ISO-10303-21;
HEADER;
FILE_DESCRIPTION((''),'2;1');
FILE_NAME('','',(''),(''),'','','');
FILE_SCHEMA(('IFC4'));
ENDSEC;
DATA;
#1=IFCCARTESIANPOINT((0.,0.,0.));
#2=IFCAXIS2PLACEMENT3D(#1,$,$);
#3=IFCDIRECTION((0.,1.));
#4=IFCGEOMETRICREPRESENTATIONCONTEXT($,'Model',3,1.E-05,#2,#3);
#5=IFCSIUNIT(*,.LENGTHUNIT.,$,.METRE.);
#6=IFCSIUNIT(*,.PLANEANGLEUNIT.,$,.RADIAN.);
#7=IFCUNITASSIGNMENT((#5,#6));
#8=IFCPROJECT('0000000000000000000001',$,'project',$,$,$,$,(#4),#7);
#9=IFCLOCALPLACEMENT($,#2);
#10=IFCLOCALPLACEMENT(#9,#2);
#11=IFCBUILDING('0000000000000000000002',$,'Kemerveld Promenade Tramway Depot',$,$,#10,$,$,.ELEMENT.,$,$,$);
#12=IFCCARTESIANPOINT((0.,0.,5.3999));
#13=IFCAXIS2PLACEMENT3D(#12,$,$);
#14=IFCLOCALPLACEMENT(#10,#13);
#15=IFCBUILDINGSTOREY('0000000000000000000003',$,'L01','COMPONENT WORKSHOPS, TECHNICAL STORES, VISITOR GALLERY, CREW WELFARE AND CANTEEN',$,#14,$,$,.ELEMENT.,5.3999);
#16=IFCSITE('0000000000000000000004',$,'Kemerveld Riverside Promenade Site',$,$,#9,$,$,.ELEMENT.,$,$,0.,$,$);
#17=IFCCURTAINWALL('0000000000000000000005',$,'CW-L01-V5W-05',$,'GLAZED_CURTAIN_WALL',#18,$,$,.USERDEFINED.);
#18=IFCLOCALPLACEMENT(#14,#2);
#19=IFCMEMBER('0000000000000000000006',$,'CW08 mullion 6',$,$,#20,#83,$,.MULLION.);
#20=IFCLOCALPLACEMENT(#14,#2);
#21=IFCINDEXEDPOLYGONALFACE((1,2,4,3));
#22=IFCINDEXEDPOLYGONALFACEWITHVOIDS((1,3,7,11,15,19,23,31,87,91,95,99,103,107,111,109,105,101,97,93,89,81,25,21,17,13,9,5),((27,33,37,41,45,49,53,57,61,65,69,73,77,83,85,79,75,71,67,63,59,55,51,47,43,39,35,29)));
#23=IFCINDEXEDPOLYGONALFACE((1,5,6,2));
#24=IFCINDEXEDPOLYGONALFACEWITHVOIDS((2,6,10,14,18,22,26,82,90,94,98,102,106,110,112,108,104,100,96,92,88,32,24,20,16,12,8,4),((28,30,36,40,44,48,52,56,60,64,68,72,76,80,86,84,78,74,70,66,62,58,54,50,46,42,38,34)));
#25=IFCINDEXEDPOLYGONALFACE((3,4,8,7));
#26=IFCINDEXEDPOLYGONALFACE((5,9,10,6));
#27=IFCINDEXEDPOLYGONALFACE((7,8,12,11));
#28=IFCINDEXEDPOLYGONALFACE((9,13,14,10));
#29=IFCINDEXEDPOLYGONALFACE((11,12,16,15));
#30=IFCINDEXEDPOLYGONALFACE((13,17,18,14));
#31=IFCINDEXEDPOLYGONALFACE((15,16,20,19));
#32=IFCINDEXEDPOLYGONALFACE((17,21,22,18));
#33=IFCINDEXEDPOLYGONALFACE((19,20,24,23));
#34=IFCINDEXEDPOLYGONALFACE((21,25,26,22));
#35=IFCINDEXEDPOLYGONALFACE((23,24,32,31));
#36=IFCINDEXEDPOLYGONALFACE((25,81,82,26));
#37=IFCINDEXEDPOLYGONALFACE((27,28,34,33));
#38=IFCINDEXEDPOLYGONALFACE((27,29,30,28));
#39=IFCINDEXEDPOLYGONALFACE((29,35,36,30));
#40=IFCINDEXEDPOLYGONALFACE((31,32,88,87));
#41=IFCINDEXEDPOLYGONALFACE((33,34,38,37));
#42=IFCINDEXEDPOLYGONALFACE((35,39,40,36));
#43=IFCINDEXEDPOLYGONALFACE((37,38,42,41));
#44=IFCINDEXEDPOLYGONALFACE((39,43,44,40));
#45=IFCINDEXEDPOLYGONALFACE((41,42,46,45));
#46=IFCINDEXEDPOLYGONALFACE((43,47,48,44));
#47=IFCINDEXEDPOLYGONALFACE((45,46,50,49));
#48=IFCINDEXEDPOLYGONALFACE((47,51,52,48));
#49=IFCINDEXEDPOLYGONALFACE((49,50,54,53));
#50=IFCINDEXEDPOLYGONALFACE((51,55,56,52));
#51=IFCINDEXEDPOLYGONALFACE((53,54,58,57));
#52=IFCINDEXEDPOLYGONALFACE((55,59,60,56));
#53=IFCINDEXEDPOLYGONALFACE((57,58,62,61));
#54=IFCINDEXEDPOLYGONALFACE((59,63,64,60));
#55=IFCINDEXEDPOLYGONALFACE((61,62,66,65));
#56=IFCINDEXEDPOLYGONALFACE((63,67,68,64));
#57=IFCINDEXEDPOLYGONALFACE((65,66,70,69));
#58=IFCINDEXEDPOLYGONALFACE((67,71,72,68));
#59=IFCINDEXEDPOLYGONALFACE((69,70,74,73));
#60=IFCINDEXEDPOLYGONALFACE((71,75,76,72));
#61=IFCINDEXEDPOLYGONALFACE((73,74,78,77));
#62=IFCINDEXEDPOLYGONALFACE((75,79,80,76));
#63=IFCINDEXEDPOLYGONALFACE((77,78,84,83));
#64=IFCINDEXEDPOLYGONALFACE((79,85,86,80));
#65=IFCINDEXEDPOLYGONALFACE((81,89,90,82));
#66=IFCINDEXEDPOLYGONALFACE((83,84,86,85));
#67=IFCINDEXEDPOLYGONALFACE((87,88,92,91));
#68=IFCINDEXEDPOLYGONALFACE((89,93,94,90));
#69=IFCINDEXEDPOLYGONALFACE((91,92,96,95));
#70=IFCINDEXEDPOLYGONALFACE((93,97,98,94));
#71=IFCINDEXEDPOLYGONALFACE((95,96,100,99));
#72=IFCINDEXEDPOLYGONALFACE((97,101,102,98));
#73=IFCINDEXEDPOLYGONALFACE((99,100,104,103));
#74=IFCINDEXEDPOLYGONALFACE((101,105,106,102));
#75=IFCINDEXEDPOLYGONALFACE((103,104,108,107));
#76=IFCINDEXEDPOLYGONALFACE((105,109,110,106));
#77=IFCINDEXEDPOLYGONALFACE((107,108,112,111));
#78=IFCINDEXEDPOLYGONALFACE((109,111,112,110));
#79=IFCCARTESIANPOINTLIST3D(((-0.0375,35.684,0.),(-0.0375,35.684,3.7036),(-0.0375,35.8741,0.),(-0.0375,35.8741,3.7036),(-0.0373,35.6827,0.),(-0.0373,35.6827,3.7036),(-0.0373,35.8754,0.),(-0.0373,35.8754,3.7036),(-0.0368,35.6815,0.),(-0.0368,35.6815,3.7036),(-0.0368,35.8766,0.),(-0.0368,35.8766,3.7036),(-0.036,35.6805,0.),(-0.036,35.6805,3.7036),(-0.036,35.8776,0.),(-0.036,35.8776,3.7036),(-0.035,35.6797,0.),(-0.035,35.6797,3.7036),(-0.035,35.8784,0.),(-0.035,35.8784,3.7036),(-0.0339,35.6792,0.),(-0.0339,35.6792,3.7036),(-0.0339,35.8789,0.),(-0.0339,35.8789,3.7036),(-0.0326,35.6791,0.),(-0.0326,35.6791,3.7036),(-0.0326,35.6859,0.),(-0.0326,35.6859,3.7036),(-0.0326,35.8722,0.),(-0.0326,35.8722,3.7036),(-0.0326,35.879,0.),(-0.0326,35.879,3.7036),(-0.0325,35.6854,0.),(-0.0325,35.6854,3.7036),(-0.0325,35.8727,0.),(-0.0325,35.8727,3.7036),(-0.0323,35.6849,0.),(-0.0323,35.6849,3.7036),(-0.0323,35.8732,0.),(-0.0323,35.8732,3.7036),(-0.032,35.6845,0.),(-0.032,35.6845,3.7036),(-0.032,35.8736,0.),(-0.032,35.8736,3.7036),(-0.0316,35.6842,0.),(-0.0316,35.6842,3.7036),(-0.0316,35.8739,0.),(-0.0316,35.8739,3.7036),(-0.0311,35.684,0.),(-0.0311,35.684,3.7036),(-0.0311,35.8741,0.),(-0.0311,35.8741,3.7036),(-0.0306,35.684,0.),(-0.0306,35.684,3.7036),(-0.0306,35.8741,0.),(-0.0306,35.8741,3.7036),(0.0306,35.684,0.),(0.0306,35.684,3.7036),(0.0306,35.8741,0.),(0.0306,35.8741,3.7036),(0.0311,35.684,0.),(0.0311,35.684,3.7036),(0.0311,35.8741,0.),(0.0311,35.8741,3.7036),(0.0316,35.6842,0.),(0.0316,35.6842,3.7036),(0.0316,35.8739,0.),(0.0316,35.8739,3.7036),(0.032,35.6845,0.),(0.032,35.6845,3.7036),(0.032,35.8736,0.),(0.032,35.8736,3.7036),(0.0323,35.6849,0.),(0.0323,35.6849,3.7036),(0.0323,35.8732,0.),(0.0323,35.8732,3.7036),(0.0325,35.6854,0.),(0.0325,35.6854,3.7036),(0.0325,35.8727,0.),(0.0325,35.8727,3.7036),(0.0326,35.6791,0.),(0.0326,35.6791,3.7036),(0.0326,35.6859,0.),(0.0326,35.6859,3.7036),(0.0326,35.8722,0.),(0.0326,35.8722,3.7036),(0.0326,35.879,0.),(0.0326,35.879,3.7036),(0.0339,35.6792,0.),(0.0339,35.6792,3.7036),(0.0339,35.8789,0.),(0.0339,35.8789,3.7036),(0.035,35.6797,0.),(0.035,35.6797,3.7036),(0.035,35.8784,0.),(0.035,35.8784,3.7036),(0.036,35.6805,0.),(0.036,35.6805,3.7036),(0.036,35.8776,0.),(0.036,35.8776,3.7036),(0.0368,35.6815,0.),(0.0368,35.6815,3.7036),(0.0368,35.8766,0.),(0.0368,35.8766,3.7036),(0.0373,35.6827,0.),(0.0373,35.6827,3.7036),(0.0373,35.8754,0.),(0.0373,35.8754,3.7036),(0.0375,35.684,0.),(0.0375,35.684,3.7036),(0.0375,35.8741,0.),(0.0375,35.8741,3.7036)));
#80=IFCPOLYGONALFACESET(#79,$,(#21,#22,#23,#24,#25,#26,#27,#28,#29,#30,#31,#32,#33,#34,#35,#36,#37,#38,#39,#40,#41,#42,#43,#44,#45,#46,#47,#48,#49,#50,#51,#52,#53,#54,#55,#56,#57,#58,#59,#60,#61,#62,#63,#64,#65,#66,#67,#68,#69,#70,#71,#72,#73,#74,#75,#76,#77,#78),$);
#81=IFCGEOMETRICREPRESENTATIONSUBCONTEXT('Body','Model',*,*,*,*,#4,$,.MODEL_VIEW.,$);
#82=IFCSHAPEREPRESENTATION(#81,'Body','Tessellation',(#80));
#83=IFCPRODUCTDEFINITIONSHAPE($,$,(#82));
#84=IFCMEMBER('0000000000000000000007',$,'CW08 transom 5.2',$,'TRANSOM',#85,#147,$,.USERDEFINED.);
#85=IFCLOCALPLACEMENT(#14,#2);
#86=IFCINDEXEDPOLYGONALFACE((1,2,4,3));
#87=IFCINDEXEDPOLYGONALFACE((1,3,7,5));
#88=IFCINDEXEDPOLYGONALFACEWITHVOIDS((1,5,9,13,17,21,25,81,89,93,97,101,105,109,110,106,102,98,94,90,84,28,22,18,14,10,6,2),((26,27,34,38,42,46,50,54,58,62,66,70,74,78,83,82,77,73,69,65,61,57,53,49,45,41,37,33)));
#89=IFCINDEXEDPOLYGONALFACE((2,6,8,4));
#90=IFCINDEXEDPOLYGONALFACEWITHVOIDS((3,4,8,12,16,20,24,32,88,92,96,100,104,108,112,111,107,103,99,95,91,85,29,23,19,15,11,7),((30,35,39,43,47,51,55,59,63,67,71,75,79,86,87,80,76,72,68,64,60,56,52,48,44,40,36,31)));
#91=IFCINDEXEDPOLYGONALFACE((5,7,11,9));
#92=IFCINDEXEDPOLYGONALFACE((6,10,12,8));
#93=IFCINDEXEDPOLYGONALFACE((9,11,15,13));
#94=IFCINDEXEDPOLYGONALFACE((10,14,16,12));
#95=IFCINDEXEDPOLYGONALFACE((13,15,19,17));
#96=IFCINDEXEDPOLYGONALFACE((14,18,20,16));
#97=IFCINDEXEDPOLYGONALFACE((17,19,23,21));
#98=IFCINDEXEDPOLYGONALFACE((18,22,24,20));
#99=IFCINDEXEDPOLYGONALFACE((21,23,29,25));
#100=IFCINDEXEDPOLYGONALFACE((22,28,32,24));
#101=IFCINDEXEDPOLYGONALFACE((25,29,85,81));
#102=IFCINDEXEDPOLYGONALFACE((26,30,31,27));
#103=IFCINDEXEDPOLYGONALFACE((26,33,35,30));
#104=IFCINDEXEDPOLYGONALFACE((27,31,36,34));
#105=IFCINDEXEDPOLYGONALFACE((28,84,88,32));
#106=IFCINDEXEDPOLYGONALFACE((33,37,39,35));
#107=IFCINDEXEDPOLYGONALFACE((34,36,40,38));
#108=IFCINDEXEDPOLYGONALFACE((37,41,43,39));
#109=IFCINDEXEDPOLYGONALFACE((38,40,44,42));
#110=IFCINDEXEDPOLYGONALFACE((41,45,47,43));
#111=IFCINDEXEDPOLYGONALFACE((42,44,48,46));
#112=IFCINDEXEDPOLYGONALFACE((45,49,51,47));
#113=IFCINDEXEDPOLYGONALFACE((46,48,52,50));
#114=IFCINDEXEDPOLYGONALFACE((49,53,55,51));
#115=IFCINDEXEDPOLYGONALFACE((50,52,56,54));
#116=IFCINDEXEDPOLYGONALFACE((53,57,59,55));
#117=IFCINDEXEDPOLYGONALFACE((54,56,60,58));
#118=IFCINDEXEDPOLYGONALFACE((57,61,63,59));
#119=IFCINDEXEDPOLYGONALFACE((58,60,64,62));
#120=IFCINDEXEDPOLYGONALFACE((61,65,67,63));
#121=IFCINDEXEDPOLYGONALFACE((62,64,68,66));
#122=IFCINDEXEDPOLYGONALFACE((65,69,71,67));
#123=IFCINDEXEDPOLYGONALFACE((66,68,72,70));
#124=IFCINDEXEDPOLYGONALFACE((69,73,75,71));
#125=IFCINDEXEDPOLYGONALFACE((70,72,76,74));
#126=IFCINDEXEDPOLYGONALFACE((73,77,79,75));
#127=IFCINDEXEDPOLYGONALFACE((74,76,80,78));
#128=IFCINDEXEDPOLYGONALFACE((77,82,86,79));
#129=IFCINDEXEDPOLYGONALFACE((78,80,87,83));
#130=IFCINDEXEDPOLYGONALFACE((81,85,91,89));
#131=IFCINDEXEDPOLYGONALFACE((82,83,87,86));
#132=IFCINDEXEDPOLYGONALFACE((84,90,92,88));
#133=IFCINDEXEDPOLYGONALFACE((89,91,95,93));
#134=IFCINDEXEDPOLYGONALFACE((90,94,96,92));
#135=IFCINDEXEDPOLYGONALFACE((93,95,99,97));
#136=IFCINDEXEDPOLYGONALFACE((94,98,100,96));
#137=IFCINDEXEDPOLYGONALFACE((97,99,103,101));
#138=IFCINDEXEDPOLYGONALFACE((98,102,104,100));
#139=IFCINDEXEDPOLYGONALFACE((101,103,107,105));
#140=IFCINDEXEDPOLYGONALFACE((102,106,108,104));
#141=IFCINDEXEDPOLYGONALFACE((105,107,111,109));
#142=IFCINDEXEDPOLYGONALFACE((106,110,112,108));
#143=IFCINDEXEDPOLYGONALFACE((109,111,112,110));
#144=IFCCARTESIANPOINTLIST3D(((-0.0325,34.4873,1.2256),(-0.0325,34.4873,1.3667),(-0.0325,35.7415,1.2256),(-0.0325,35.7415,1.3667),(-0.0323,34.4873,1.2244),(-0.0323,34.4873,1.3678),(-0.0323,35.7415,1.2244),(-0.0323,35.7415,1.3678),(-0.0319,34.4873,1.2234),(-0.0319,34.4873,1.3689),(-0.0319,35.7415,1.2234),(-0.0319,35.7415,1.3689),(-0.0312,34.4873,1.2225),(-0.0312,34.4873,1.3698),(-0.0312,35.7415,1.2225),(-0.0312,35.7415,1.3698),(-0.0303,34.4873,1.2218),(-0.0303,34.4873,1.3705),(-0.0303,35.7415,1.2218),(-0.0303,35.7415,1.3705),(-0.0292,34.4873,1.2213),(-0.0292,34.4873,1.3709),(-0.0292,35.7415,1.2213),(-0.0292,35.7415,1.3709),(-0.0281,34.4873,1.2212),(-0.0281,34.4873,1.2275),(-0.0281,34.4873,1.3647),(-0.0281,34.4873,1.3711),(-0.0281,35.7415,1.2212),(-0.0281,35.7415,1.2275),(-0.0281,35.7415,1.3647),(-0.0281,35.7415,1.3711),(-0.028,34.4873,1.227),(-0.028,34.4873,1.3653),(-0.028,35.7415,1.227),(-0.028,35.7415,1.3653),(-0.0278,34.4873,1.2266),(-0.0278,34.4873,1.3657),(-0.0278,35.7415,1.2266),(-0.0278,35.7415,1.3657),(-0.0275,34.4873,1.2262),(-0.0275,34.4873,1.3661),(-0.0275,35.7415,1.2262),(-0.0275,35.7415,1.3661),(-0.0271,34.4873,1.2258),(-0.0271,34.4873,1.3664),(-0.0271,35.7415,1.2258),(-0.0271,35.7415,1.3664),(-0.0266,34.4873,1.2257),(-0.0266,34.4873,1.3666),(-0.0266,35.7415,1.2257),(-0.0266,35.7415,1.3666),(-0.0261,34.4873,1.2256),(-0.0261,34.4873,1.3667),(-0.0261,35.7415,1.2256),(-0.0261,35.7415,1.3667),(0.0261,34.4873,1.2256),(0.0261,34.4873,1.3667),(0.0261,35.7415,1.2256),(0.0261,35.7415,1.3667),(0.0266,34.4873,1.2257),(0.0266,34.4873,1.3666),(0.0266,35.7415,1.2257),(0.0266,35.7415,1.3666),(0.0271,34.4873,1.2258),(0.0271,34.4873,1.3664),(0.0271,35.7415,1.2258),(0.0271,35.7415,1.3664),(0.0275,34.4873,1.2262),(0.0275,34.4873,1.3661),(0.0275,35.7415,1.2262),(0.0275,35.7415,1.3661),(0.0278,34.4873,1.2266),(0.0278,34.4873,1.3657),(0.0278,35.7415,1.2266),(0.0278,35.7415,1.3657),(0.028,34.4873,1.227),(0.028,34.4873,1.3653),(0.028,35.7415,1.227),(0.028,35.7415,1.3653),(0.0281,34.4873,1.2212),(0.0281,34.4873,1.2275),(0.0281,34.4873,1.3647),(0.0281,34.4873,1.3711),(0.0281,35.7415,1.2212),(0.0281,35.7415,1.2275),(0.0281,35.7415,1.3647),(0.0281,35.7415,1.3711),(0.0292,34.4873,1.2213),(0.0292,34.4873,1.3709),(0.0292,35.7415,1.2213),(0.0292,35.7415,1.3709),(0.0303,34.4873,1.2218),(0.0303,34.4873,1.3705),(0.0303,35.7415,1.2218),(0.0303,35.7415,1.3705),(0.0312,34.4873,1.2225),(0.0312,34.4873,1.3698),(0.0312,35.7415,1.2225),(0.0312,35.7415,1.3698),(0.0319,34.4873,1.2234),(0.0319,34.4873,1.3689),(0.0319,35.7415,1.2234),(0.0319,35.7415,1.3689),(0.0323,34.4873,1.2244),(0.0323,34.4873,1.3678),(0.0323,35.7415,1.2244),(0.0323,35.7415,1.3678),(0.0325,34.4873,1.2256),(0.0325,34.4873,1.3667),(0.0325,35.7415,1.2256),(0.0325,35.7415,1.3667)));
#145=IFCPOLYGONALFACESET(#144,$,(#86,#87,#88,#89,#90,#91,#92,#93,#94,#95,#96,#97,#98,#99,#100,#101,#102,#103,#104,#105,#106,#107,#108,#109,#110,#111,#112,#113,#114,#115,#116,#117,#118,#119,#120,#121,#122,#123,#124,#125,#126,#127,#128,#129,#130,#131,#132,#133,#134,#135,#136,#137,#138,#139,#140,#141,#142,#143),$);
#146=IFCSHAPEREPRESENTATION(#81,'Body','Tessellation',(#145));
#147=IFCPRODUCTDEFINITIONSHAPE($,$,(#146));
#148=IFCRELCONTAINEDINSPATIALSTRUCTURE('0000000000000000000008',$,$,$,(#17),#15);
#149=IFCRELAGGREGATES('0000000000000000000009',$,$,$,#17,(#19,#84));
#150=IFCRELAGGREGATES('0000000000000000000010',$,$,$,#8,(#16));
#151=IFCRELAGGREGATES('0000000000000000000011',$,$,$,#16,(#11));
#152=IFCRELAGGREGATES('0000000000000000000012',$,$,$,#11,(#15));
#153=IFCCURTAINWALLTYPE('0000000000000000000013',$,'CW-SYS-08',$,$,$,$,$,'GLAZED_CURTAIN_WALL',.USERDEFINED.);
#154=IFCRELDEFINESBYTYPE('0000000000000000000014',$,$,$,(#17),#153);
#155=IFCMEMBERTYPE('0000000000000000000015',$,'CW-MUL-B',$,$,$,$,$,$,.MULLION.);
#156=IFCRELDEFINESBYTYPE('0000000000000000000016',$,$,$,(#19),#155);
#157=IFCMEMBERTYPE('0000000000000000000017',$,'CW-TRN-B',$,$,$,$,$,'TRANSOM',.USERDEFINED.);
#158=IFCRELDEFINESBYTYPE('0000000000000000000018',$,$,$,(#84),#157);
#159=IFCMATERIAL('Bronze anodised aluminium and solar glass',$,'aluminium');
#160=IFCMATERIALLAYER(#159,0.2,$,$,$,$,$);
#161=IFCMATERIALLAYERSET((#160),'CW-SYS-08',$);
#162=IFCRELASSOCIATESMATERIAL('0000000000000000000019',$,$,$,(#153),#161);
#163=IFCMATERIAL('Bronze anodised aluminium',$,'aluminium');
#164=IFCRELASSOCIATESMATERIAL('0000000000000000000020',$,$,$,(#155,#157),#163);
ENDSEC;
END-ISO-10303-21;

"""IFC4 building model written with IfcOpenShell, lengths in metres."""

from ifc_helpers import new_model, si_unit, direction, frame, origin, origin_2d, place, context, subcontext, project, spatial, hollow_rectangle, extrude, material, layer, layer_set, material_profile, profile_set, type_object, element, aggregate, save


model = new_model("IFC4")

# Units and contexts
model_context = context("Model", 3, precision=1e-05, world=origin(), true_north=direction((0.0, 1.0)))
body_context = subcontext(model_context, "Body", "Model", "MODEL_VIEW")
ifc_project = project(units=[si_unit("LENGTHUNIT", "METRE"), si_unit("PLANEANGLEUNIT", "RADIAN")], contexts=[model_context])

# Site, building, storey
site_placement = place(None, origin())
site = spatial("IfcSite", under=ifc_project, at=site_placement, Name="Kemerveld Riverside Promenade Site", CompositionType="ELEMENT", RefElevation=0.0)
building_placement = place(site_placement, origin())
building = spatial("IfcBuilding", under=site, at=building_placement, Name="Kemerveld Promenade Tramway Depot", CompositionType="ELEMENT")
storey_placement = place(building_placement, frame((0.0, 0.0, 5.3999)))
storey = spatial("IfcBuildingStorey", under=building, at=storey_placement, Name="L01", Description="COMPONENT WORKSHOPS, TECHNICAL STORES, VISITOR GALLERY, CREW WELFARE AND CANTEEN", CompositionType="ELEMENT", Elevation=5.3999)

# Curtain wall, members
ifc_material_1 = material(Name="Bronze anodised aluminium and solar glass", Category="aluminium")
ifc_layer_1 = layer(ifc_material_1, 0.2)
ifc_layer_set_1 = layer_set([ifc_layer_1], Name="CW-SYS-08")
curtain_wall_type = type_object("IfcCurtainWallType", Name="CW-SYS-08", ElementType="GLAZED_CURTAIN_WALL", PredefinedType="USERDEFINED", material=ifc_layer_set_1)
curtain_wall_placement = place(storey_placement, origin())
curtain_wall = element("IfcCurtainWall", 1, at=curtain_wall_placement, inside=storey, type_object=curtain_wall_type, Name="CW-L01-V5W-05", ObjectType="GLAZED_CURTAIN_WALL", PredefinedType="USERDEFINED")
ifc_material_2 = material(Name="Bronze anodised aluminium", Category="aluminium")
ifc_material_profile_1 = material_profile(ifc_material_2, hollow_rectangle(XDim=0.075, YDim=0.2, WallThickness=0.0049, InnerFilletRadius=0.002, OuterFilletRadius=0.0049, at=origin_2d()), Name="CW-MUL-200x75")
ifc_profile_set_1 = profile_set([ifc_material_profile_1], Name="Bronze anodised aluminium")
member_type_1 = type_object("IfcMemberType", Name="CW-MUL-B", PredefinedType="MULLION", material=ifc_profile_set_1)
member_1_placement = place(storey_placement, frame((0.0, 35.7791, 0.0), z_axis=(0.0, 0.0, 1.0), x_axis=(-1.0, 0.0, 0.0)))
member_1 = element("IfcMember", 2, at=member_1_placement, type_object=member_type_1, Name="CW08 mullion 6", PredefinedType="MULLION", context=body_context, shape_type="SweptSolid", body=[
    extrude(hollow_rectangle(XDim=0.075, YDim=0.2, WallThickness=0.0049, InnerFilletRadius=0.002, OuterFilletRadius=0.0049, at=origin_2d()), origin(), (0.0, 0.0, 1.0), 3.7036),
])
ifc_material_profile_2 = material_profile(ifc_material_2, hollow_rectangle(XDim=0.0649, YDim=0.1499, WallThickness=0.0044, InnerFilletRadius=0.002, OuterFilletRadius=0.0044, at=origin_2d()), Name="CW-TRN-150x65")
ifc_profile_set_2 = profile_set([ifc_material_profile_2], Name="Bronze anodised aluminium")
member_type_2 = type_object("IfcMemberType", Name="CW-TRN-B", ElementType="TRANSOM", PredefinedType="USERDEFINED", material=ifc_profile_set_2)
member_2_placement = place(storey_placement, frame((0.0, 34.4873, 1.2961), z_axis=(0.0, 1.0, 0.0), x_axis=(-1.0, 0.0, 0.0)))
member_2 = element("IfcMember", 3, at=member_2_placement, type_object=member_type_2, Name="CW08 transom 5.2", ObjectType="TRANSOM", PredefinedType="USERDEFINED", context=body_context, shape_type="SweptSolid", body=[
    extrude(hollow_rectangle(XDim=0.0649, YDim=0.1499, WallThickness=0.0044, InnerFilletRadius=0.002, OuterFilletRadius=0.0044, at=origin_2d()), origin(), (0.0, 0.0, 1.0), 1.2542),
])
aggregate(curtain_wall, [member_1, member_2])

save(model, "model.ifc")
